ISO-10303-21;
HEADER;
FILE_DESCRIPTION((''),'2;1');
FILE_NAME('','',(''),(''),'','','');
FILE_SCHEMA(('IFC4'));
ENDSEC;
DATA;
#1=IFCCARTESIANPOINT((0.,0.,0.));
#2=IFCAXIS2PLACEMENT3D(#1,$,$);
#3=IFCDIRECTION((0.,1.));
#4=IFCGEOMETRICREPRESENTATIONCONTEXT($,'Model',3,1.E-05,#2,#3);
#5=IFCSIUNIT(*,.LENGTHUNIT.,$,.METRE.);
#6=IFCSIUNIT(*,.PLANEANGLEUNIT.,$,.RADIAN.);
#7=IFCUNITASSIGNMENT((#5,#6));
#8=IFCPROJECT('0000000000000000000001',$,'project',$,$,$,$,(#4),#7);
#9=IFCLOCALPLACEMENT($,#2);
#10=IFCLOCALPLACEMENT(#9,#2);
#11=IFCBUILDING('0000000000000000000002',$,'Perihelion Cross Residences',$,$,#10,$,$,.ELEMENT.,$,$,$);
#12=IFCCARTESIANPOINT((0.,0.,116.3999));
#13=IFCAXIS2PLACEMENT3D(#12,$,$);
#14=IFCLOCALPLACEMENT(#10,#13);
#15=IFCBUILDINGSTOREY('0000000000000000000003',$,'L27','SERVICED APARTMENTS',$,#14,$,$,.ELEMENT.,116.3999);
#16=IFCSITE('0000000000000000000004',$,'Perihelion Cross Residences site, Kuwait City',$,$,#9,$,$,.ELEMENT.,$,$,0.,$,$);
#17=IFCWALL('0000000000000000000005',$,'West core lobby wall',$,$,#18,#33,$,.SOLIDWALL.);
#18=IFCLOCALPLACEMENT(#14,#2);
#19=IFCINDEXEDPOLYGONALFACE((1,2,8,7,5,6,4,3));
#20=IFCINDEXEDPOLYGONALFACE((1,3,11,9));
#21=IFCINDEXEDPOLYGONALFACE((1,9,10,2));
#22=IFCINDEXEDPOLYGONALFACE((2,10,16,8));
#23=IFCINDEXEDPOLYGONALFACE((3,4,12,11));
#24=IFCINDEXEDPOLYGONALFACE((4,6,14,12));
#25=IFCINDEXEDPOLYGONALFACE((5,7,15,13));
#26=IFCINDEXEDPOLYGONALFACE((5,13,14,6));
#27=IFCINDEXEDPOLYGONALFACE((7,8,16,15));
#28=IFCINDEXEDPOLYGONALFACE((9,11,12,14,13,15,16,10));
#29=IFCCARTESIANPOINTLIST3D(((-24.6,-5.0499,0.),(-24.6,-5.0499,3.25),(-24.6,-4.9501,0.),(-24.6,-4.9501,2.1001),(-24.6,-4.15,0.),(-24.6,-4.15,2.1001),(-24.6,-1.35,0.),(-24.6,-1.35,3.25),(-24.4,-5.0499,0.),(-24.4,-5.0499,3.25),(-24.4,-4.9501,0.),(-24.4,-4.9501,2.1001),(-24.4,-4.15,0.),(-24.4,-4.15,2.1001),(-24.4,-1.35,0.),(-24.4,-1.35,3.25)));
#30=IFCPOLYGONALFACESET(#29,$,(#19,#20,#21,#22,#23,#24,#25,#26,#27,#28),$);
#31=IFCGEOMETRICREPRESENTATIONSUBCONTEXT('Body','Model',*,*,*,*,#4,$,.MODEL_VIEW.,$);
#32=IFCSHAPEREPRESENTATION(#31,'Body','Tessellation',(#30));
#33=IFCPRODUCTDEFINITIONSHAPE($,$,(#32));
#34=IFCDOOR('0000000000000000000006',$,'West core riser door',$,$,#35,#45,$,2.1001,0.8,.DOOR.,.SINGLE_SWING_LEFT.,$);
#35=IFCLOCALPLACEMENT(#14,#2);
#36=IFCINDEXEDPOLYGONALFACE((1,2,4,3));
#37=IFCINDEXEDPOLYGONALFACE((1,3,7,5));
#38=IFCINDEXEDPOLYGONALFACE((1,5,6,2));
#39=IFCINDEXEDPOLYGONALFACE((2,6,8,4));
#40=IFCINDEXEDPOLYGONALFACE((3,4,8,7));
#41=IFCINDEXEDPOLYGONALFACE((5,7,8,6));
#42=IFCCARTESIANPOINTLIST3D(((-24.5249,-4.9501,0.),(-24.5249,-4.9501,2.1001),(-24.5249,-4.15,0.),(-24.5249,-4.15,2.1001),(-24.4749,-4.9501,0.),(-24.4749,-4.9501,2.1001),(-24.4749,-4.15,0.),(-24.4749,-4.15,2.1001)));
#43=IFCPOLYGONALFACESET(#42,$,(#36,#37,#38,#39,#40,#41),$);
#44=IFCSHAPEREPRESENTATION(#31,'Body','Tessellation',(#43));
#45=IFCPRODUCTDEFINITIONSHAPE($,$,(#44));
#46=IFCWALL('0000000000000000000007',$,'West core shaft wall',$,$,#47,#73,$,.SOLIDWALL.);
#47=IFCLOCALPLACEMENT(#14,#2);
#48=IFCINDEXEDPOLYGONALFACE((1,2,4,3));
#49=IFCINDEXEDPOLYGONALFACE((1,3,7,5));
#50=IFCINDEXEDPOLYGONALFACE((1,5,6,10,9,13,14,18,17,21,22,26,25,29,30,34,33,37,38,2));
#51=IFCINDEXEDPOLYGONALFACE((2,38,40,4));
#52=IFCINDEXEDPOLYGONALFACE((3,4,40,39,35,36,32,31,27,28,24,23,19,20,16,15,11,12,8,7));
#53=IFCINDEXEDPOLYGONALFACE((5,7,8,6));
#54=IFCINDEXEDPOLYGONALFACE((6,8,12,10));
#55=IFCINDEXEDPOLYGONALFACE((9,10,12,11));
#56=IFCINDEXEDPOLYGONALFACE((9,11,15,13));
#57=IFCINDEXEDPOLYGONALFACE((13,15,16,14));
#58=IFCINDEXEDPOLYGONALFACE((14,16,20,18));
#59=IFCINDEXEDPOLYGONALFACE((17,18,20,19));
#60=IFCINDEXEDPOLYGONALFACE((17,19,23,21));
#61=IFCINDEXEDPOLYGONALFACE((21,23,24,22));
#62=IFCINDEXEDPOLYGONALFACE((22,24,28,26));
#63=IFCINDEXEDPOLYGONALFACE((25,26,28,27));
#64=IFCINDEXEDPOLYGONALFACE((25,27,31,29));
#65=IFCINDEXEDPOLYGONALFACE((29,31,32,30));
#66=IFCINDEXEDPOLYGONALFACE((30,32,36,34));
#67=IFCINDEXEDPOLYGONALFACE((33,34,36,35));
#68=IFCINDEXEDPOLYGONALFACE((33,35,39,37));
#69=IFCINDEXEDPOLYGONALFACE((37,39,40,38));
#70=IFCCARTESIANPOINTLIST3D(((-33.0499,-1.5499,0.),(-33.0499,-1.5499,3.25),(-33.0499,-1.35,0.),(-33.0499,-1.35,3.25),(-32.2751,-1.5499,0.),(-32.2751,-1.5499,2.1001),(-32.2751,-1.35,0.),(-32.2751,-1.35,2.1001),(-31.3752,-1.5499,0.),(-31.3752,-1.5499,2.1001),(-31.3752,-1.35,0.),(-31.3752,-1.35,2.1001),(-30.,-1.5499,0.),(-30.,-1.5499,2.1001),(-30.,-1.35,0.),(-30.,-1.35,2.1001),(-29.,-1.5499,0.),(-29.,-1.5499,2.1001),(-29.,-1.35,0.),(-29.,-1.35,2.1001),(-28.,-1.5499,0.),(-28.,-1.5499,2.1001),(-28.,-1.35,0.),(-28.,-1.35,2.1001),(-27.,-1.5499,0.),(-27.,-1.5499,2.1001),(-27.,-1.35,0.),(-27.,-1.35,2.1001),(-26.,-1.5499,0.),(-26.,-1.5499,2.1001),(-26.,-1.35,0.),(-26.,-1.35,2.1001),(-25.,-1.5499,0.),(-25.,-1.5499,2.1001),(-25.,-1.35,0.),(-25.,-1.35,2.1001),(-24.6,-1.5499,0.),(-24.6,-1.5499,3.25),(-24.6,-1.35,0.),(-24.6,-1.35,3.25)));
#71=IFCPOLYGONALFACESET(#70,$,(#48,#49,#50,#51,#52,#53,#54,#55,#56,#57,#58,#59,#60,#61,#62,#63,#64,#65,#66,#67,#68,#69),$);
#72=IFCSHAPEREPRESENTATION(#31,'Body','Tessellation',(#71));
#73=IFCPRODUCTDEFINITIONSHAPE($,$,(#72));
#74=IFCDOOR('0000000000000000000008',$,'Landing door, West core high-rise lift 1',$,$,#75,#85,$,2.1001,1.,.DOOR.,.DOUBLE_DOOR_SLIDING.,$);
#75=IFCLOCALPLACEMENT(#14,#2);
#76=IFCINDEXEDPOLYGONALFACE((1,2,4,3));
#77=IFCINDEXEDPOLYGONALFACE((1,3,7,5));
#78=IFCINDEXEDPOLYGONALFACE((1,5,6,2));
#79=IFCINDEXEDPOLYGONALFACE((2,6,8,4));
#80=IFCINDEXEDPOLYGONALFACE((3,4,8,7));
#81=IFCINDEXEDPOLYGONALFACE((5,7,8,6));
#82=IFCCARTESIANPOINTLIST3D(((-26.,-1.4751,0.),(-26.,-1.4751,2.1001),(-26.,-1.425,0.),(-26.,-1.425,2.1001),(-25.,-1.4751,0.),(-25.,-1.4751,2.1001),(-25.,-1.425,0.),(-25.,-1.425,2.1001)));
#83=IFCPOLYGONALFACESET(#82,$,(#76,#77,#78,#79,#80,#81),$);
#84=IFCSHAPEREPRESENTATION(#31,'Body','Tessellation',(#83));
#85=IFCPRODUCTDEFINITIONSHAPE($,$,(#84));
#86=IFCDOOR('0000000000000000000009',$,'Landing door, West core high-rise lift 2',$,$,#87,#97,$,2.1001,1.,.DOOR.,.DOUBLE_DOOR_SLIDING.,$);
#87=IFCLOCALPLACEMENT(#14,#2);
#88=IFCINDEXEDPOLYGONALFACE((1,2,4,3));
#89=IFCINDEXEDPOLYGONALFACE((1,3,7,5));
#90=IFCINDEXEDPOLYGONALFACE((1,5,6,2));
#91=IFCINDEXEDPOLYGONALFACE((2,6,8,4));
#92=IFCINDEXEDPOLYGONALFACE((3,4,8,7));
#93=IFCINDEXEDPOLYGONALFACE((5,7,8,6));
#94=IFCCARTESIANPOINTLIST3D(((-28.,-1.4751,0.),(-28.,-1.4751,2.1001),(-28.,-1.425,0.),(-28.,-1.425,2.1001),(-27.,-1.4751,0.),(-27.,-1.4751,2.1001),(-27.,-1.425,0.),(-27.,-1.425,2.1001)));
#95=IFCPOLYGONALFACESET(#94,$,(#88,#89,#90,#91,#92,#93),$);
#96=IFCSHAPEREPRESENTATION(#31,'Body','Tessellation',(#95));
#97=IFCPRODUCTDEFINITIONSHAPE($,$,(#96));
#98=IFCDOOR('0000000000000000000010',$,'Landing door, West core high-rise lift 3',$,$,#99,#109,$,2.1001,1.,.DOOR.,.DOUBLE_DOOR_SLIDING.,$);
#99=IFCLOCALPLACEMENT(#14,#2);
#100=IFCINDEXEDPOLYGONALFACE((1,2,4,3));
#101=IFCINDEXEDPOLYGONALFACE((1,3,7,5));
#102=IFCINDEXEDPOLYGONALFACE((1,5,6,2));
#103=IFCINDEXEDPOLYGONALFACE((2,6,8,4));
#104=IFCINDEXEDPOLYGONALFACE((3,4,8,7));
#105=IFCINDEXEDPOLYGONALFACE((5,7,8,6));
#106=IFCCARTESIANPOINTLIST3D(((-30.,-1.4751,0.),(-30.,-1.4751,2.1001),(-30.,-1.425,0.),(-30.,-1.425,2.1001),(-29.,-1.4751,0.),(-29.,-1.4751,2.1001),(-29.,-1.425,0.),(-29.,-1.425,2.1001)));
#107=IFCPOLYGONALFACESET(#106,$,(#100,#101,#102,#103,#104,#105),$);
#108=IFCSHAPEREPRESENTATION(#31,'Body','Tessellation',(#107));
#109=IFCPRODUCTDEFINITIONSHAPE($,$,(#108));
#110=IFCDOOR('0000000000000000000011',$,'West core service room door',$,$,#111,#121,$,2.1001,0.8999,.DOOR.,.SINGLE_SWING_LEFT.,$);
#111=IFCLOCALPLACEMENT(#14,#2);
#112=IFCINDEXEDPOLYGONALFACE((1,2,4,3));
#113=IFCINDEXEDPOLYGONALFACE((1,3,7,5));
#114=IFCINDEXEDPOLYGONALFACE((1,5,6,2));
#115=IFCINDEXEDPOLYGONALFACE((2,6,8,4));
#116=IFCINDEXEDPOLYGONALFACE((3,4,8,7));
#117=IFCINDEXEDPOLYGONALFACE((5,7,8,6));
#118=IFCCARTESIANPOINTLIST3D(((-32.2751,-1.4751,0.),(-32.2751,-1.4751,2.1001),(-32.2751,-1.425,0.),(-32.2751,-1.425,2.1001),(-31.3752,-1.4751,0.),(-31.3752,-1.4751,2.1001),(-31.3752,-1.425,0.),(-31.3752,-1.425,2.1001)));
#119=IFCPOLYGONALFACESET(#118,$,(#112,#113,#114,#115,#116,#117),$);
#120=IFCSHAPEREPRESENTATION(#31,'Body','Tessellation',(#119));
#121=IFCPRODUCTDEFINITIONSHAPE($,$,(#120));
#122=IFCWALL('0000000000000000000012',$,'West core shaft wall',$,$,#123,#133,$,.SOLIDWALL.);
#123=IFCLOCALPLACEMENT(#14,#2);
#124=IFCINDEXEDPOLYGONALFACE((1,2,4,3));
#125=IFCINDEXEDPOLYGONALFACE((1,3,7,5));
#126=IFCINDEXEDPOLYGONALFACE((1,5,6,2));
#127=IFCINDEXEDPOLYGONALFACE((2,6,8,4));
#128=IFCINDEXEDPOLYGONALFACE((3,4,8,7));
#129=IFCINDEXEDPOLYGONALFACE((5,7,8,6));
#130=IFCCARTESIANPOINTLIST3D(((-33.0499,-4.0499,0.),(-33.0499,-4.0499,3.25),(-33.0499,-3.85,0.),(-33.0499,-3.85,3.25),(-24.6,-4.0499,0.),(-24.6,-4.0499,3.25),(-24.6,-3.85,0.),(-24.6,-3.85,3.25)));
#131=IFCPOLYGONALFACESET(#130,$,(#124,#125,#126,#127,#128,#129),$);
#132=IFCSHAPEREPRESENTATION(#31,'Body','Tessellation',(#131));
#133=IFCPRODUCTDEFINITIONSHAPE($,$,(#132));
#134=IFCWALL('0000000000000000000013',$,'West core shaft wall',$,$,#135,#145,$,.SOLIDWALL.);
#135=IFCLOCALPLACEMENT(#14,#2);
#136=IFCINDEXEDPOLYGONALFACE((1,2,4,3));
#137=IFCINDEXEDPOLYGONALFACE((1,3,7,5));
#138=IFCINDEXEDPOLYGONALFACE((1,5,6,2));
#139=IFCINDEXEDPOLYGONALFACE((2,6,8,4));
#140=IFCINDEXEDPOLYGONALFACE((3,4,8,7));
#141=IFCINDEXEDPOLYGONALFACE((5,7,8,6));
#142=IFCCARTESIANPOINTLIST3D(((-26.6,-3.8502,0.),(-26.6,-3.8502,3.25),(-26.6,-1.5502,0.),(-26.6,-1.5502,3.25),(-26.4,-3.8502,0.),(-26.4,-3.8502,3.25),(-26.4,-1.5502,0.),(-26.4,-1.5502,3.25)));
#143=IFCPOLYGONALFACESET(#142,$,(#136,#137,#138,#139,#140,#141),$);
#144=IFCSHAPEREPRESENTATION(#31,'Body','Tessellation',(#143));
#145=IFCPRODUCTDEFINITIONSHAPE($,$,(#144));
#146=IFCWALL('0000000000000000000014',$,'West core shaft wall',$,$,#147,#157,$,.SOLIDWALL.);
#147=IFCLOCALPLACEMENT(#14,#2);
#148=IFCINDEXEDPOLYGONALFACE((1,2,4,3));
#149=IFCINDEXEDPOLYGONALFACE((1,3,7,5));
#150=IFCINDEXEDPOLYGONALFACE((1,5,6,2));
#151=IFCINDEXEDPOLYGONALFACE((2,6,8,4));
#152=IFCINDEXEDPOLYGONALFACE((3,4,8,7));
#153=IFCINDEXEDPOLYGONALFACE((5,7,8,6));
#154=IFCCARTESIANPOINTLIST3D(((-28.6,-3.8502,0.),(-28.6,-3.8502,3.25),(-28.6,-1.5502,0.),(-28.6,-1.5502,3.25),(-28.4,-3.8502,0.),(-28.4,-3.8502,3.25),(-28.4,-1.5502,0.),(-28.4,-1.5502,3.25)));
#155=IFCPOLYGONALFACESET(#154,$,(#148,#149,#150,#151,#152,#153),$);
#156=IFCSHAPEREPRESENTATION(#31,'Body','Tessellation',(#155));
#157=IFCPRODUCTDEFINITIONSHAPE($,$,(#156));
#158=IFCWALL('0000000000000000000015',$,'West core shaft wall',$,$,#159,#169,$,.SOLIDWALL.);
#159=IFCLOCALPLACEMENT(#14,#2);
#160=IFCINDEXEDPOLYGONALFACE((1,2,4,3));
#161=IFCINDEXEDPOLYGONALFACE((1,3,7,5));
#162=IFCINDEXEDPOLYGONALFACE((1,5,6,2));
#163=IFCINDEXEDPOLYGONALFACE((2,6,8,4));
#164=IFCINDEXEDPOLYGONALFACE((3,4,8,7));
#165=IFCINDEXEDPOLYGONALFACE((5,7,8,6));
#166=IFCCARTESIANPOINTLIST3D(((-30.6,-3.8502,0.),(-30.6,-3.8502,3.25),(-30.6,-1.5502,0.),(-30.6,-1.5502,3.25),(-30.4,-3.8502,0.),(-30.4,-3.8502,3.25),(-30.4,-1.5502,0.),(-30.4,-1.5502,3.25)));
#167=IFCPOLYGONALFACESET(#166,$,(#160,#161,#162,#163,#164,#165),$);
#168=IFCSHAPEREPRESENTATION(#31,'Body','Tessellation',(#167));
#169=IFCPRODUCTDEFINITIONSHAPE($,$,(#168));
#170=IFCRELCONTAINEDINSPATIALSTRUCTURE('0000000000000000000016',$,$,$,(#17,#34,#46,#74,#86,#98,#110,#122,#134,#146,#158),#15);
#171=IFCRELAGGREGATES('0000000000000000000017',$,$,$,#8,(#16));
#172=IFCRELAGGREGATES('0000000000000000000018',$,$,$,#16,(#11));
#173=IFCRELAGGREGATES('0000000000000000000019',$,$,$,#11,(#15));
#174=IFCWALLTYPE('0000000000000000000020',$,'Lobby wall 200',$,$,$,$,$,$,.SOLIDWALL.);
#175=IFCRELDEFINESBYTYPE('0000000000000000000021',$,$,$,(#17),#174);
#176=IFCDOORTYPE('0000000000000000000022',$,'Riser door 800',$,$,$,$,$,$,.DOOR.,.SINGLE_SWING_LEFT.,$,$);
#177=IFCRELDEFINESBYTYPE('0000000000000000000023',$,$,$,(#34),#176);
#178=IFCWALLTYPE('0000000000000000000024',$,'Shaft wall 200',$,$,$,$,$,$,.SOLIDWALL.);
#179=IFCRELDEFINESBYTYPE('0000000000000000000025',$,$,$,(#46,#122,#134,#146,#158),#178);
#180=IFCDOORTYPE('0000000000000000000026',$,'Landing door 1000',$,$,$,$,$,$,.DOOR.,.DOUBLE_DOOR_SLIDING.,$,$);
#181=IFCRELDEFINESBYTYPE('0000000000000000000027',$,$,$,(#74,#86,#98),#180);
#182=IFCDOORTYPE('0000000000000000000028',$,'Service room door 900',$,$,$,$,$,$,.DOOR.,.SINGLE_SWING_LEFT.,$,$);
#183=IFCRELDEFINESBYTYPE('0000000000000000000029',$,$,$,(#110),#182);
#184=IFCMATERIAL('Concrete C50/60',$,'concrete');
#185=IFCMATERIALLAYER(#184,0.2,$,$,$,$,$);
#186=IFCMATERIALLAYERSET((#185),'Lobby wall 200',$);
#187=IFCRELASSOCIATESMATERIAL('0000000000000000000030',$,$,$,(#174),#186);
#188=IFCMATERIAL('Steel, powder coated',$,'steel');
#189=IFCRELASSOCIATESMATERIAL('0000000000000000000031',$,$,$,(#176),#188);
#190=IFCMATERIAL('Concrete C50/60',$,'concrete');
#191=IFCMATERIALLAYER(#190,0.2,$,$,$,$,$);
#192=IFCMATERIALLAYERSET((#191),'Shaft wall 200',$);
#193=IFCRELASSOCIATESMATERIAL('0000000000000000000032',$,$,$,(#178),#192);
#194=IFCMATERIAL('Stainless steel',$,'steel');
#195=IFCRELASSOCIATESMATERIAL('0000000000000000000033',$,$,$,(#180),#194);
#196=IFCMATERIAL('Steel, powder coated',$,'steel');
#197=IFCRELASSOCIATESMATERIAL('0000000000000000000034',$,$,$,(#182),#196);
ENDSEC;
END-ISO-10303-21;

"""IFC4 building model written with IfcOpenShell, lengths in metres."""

from ifc_helpers import new_model, si_unit, direction, frame, frame_2d, origin, place, context, subcontext, project, spatial, rectangle, extrude, material, layer, layer_set, type_object, element, fill, save


model = new_model("IFC4")

# Units and contexts
model_context = context("Model", 3, precision=1e-05, world=origin(), true_north=direction((0.0, 1.0)))
body_context = subcontext(model_context, "Body", "Model", "MODEL_VIEW")
ifc_project = project(units=[si_unit("LENGTHUNIT", "METRE"), si_unit("PLANEANGLEUNIT", "RADIAN")], contexts=[model_context])

# Site, building, storey
site_placement = place(None, origin())
site = spatial("IfcSite", under=ifc_project, at=site_placement, Name="Perihelion Cross Residences site, Kuwait City", CompositionType="ELEMENT", RefElevation=0.0)
building_placement = place(site_placement, origin())
building = spatial("IfcBuilding", under=site, at=building_placement, Name="Perihelion Cross Residences", CompositionType="ELEMENT")
storey_placement = place(building_placement, frame((0.0, 0.0, 116.3999)))
storey = spatial("IfcBuildingStorey", under=building, at=storey_placement, Name="L27", Description="SERVICED APARTMENTS", CompositionType="ELEMENT", Elevation=116.3999)

# Wall, opening, door
ifc_material_1 = material(Name="Concrete C50/60", Category="concrete")
ifc_layer_1 = layer(ifc_material_1, 0.2)
ifc_layer_set_1 = layer_set([ifc_layer_1], Name="Lobby wall 200")
wall_type_1 = type_object("IfcWallType", Name="Lobby wall 200", PredefinedType="SOLIDWALL", material=ifc_layer_set_1)
wall_1_placement = place(storey_placement, frame((-24.5, -5.05, 0.0), z_axis=(0.0, 0.0, 1.0), x_axis=(0.0, 1.0, 0.0)))
wall_1 = element("IfcWall", 1, at=wall_1_placement, inside=storey, type_object=wall_type_1, Name="West core lobby wall", PredefinedType="SOLIDWALL", context=body_context, shape_type="SweptSolid", body=[
    extrude(rectangle(XDim=3.7, YDim=0.2, at=frame_2d((1.8501, 0.0))), origin(), (0.0, 0.0, 1.0), 3.25),
])
opening_1_placement = place(wall_1_placement, frame((0.1001, 0.0, 0.0)))
opening_1 = element("IfcOpeningElement", 2, at=opening_1_placement, cuts=wall_1, PredefinedType="OPENING", context=body_context, shape_type="SweptSolid", body=[
    extrude(rectangle(XDim=0.8, YDim=2.1001, at=frame_2d((0.3999, 1.05))), frame((0.0, 0.1099, 0.0), z_axis=(0.0, -1.0, 0.0), x_axis=(1.0, 0.0, 0.0)), (0.0, 0.0, 1.0), 0.22),
])
ifc_material_2 = material(Name="Steel, powder coated", Category="steel")
door_type_1 = type_object("IfcDoorType", Name="Riser door 800", OperationType="SINGLE_SWING_LEFT", PredefinedType="DOOR", material=ifc_material_2)
door_1_placement = place(opening_1_placement, origin())
door_1 = element("IfcDoor", 3, at=door_1_placement, inside=storey, type_object=door_type_1, Name="West core riser door", OperationType="SINGLE_SWING_LEFT", OverallHeight=2.1001, OverallWidth=0.8, PredefinedType="DOOR", context=body_context, shape_type="SweptSolid", body=[
    extrude(rectangle(XDim=0.8, YDim=2.1001, at=frame_2d((0.3999, 1.05))), frame((0.0, 0.0249, 0.0), z_axis=(0.0, -1.0, 0.0), x_axis=(1.0, 0.0, 0.0)), (0.0, 0.0, 1.0), 0.05),
])
fill(opening_1, door_1)

# Wall, openings, doors
ifc_material_3 = material(Name="Concrete C50/60", Category="concrete")
ifc_layer_2 = layer(ifc_material_3, 0.2)
ifc_layer_set_2 = layer_set([ifc_layer_2], Name="Shaft wall 200")
wall_type_2 = type_object("IfcWallType", Name="Shaft wall 200", PredefinedType="SOLIDWALL", material=ifc_layer_set_2)
wall_2_placement = place(storey_placement, frame((-33.05, -1.45, 0.0), z_axis=(0.0, 0.0, 1.0), x_axis=(1.0, 0.0, 0.0)))
wall_2 = element("IfcWall", 4, at=wall_2_placement, inside=storey, type_object=wall_type_2, Name="West core shaft wall", PredefinedType="SOLIDWALL", context=body_context, shape_type="SweptSolid", body=[
    extrude(rectangle(XDim=8.45, YDim=0.2, at=frame_2d((4.2251, 0.0))), origin(), (0.0, 0.0, 1.0), 3.25),
])
opening_2_placement = place(wall_2_placement, frame((7.05, 0.0, 0.0)))
opening_2 = element("IfcOpeningElement", 5, at=opening_2_placement, cuts=wall_2, PredefinedType="OPENING", context=body_context, shape_type="SweptSolid", body=[
    extrude(rectangle(XDim=1.0, YDim=2.1001, at=frame_2d((0.5, 1.05))), frame((0.0, 0.1099, 0.0), z_axis=(0.0, -1.0, 0.0), x_axis=(1.0, 0.0, 0.0)), (0.0, 0.0, 1.0), 0.22),
])
opening_3_placement = place(wall_2_placement, frame((5.05, 0.0, 0.0)))
opening_3 = element("IfcOpeningElement", 6, at=opening_3_placement, cuts=wall_2, PredefinedType="OPENING", context=body_context, shape_type="SweptSolid", body=[
    extrude(rectangle(XDim=1.0, YDim=2.1001, at=frame_2d((0.5, 1.05))), frame((0.0, 0.1099, 0.0), z_axis=(0.0, -1.0, 0.0), x_axis=(1.0, 0.0, 0.0)), (0.0, 0.0, 1.0), 0.22),
])
opening_4_placement = place(wall_2_placement, frame((3.05, 0.0, 0.0)))
opening_4 = element("IfcOpeningElement", 7, at=opening_4_placement, cuts=wall_2, PredefinedType="OPENING", context=body_context, shape_type="SweptSolid", body=[
    extrude(rectangle(XDim=1.0, YDim=2.1001, at=frame_2d((0.5, 1.05))), frame((0.0, 0.1099, 0.0), z_axis=(0.0, -1.0, 0.0), x_axis=(1.0, 0.0, 0.0)), (0.0, 0.0, 1.0), 0.22),
])
opening_5_placement = place(wall_2_placement, frame((0.7749, 0.0, 0.0)))
opening_5 = element("IfcOpeningElement", 8, at=opening_5_placement, cuts=wall_2, PredefinedType="OPENING", context=body_context, shape_type="SweptSolid", body=[
    extrude(rectangle(XDim=0.8999, YDim=2.1001, at=frame_2d((0.45, 1.05))), frame((0.0, 0.1099, 0.0), z_axis=(0.0, -1.0, 0.0), x_axis=(1.0, 0.0, 0.0)), (0.0, 0.0, 1.0), 0.22),
])
ifc_material_4 = material(Name="Stainless steel", Category="steel")
door_type_2 = type_object("IfcDoorType", Name="Landing door 1000", OperationType="DOUBLE_DOOR_SLIDING", PredefinedType="DOOR", material=ifc_material_4)
door_2_placement = place(opening_2_placement, origin())
door_2 = element("IfcDoor", 9, at=door_2_placement, inside=storey, type_object=door_type_2, Name="Landing door, West core high-rise lift 1", OperationType="DOUBLE_DOOR_SLIDING", OverallHeight=2.1001, OverallWidth=1.0, PredefinedType="DOOR", context=body_context, shape_type="SweptSolid", body=[
    extrude(rectangle(XDim=1.0, YDim=2.1001, at=frame_2d((0.5, 1.05))), frame((0.0, 0.0249, 0.0), z_axis=(0.0, -1.0, 0.0), x_axis=(1.0, 0.0, 0.0)), (0.0, 0.0, 1.0), 0.05),
])
fill(opening_2, door_2)
door_3_placement = place(opening_3_placement, origin())
door_3 = element("IfcDoor", 10, at=door_3_placement, inside=storey, type_object=door_type_2, Name="Landing door, West core high-rise lift 2", OperationType="DOUBLE_DOOR_SLIDING", OverallHeight=2.1001, OverallWidth=1.0, PredefinedType="DOOR", context=body_context, shape_type="SweptSolid", body=[
    extrude(rectangle(XDim=1.0, YDim=2.1001, at=frame_2d((0.5, 1.05))), frame((0.0, 0.0249, 0.0), z_axis=(0.0, -1.0, 0.0), x_axis=(1.0, 0.0, 0.0)), (0.0, 0.0, 1.0), 0.05),
])
fill(opening_3, door_3)
door_4_placement = place(opening_4_placement, origin())
door_4 = element("IfcDoor", 11, at=door_4_placement, inside=storey, type_object=door_type_2, Name="Landing door, West core high-rise lift 3", OperationType="DOUBLE_DOOR_SLIDING", OverallHeight=2.1001, OverallWidth=1.0, PredefinedType="DOOR", context=body_context, shape_type="SweptSolid", body=[
    extrude(rectangle(XDim=1.0, YDim=2.1001, at=frame_2d((0.5, 1.05))), frame((0.0, 0.0249, 0.0), z_axis=(0.0, -1.0, 0.0), x_axis=(1.0, 0.0, 0.0)), (0.0, 0.0, 1.0), 0.05),
])
fill(opening_4, door_4)
ifc_material_5 = material(Name="Steel, powder coated", Category="steel")
door_type_3 = type_object("IfcDoorType", Name="Service room door 900", OperationType="SINGLE_SWING_LEFT", PredefinedType="DOOR", material=ifc_material_5)
door_5_placement = place(opening_5_placement, origin())
door_5 = element("IfcDoor", 12, at=door_5_placement, inside=storey, type_object=door_type_3, Name="West core service room door", OperationType="SINGLE_SWING_LEFT", OverallHeight=2.1001, OverallWidth=0.8999, PredefinedType="DOOR", context=body_context, shape_type="SweptSolid", body=[
    extrude(rectangle(XDim=0.8999, YDim=2.1001, at=frame_2d((0.45, 1.05))), frame((0.0, 0.0249, 0.0), z_axis=(0.0, -1.0, 0.0), x_axis=(1.0, 0.0, 0.0)), (0.0, 0.0, 1.0), 0.05),
])
fill(opening_5, door_5)

# Walls
wall_3_placement = place(storey_placement, frame((-33.05, -3.95, 0.0), z_axis=(0.0, 0.0, 1.0), x_axis=(1.0, 0.0, 0.0)))
element("IfcWall", 13, at=wall_3_placement, inside=storey, type_object=wall_type_2, Name="West core shaft wall", PredefinedType="SOLIDWALL", context=body_context, shape_type="SweptSolid", body=[
    extrude(rectangle(XDim=8.45, YDim=0.2, at=frame_2d((4.2251, 0.0))), origin(), (0.0, 0.0, 1.0), 3.25),
])
for number, where, z_axis, x_axis, name in (
    (14, (-26.5, -3.8501, 0.0), (0.0, 0.0, 1.0), (0.0, 1.0, 0.0), "West core shaft wall"),
    (15, (-28.5, -3.8501, 0.0), (0.0, 0.0, 1.0), (0.0, 1.0, 0.0), "West core shaft wall"),
    (16, (-30.5, -3.8501, 0.0), (0.0, 0.0, 1.0), (0.0, 1.0, 0.0), "West core shaft wall"),
):
    element("IfcWall", number, at=place(storey_placement, frame(where, z_axis=z_axis, x_axis=x_axis)), inside=storey, type_object=wall_type_2, Name=name, PredefinedType="SOLIDWALL", context=body_context, shape_type="SweptSolid", body=[
        extrude(rectangle(XDim=2.3, YDim=0.2, at=frame_2d((1.1499, 0.0))), origin(), (0.0, 0.0, 1.0), 3.25),
    ])

save(model, "model.ifc")
